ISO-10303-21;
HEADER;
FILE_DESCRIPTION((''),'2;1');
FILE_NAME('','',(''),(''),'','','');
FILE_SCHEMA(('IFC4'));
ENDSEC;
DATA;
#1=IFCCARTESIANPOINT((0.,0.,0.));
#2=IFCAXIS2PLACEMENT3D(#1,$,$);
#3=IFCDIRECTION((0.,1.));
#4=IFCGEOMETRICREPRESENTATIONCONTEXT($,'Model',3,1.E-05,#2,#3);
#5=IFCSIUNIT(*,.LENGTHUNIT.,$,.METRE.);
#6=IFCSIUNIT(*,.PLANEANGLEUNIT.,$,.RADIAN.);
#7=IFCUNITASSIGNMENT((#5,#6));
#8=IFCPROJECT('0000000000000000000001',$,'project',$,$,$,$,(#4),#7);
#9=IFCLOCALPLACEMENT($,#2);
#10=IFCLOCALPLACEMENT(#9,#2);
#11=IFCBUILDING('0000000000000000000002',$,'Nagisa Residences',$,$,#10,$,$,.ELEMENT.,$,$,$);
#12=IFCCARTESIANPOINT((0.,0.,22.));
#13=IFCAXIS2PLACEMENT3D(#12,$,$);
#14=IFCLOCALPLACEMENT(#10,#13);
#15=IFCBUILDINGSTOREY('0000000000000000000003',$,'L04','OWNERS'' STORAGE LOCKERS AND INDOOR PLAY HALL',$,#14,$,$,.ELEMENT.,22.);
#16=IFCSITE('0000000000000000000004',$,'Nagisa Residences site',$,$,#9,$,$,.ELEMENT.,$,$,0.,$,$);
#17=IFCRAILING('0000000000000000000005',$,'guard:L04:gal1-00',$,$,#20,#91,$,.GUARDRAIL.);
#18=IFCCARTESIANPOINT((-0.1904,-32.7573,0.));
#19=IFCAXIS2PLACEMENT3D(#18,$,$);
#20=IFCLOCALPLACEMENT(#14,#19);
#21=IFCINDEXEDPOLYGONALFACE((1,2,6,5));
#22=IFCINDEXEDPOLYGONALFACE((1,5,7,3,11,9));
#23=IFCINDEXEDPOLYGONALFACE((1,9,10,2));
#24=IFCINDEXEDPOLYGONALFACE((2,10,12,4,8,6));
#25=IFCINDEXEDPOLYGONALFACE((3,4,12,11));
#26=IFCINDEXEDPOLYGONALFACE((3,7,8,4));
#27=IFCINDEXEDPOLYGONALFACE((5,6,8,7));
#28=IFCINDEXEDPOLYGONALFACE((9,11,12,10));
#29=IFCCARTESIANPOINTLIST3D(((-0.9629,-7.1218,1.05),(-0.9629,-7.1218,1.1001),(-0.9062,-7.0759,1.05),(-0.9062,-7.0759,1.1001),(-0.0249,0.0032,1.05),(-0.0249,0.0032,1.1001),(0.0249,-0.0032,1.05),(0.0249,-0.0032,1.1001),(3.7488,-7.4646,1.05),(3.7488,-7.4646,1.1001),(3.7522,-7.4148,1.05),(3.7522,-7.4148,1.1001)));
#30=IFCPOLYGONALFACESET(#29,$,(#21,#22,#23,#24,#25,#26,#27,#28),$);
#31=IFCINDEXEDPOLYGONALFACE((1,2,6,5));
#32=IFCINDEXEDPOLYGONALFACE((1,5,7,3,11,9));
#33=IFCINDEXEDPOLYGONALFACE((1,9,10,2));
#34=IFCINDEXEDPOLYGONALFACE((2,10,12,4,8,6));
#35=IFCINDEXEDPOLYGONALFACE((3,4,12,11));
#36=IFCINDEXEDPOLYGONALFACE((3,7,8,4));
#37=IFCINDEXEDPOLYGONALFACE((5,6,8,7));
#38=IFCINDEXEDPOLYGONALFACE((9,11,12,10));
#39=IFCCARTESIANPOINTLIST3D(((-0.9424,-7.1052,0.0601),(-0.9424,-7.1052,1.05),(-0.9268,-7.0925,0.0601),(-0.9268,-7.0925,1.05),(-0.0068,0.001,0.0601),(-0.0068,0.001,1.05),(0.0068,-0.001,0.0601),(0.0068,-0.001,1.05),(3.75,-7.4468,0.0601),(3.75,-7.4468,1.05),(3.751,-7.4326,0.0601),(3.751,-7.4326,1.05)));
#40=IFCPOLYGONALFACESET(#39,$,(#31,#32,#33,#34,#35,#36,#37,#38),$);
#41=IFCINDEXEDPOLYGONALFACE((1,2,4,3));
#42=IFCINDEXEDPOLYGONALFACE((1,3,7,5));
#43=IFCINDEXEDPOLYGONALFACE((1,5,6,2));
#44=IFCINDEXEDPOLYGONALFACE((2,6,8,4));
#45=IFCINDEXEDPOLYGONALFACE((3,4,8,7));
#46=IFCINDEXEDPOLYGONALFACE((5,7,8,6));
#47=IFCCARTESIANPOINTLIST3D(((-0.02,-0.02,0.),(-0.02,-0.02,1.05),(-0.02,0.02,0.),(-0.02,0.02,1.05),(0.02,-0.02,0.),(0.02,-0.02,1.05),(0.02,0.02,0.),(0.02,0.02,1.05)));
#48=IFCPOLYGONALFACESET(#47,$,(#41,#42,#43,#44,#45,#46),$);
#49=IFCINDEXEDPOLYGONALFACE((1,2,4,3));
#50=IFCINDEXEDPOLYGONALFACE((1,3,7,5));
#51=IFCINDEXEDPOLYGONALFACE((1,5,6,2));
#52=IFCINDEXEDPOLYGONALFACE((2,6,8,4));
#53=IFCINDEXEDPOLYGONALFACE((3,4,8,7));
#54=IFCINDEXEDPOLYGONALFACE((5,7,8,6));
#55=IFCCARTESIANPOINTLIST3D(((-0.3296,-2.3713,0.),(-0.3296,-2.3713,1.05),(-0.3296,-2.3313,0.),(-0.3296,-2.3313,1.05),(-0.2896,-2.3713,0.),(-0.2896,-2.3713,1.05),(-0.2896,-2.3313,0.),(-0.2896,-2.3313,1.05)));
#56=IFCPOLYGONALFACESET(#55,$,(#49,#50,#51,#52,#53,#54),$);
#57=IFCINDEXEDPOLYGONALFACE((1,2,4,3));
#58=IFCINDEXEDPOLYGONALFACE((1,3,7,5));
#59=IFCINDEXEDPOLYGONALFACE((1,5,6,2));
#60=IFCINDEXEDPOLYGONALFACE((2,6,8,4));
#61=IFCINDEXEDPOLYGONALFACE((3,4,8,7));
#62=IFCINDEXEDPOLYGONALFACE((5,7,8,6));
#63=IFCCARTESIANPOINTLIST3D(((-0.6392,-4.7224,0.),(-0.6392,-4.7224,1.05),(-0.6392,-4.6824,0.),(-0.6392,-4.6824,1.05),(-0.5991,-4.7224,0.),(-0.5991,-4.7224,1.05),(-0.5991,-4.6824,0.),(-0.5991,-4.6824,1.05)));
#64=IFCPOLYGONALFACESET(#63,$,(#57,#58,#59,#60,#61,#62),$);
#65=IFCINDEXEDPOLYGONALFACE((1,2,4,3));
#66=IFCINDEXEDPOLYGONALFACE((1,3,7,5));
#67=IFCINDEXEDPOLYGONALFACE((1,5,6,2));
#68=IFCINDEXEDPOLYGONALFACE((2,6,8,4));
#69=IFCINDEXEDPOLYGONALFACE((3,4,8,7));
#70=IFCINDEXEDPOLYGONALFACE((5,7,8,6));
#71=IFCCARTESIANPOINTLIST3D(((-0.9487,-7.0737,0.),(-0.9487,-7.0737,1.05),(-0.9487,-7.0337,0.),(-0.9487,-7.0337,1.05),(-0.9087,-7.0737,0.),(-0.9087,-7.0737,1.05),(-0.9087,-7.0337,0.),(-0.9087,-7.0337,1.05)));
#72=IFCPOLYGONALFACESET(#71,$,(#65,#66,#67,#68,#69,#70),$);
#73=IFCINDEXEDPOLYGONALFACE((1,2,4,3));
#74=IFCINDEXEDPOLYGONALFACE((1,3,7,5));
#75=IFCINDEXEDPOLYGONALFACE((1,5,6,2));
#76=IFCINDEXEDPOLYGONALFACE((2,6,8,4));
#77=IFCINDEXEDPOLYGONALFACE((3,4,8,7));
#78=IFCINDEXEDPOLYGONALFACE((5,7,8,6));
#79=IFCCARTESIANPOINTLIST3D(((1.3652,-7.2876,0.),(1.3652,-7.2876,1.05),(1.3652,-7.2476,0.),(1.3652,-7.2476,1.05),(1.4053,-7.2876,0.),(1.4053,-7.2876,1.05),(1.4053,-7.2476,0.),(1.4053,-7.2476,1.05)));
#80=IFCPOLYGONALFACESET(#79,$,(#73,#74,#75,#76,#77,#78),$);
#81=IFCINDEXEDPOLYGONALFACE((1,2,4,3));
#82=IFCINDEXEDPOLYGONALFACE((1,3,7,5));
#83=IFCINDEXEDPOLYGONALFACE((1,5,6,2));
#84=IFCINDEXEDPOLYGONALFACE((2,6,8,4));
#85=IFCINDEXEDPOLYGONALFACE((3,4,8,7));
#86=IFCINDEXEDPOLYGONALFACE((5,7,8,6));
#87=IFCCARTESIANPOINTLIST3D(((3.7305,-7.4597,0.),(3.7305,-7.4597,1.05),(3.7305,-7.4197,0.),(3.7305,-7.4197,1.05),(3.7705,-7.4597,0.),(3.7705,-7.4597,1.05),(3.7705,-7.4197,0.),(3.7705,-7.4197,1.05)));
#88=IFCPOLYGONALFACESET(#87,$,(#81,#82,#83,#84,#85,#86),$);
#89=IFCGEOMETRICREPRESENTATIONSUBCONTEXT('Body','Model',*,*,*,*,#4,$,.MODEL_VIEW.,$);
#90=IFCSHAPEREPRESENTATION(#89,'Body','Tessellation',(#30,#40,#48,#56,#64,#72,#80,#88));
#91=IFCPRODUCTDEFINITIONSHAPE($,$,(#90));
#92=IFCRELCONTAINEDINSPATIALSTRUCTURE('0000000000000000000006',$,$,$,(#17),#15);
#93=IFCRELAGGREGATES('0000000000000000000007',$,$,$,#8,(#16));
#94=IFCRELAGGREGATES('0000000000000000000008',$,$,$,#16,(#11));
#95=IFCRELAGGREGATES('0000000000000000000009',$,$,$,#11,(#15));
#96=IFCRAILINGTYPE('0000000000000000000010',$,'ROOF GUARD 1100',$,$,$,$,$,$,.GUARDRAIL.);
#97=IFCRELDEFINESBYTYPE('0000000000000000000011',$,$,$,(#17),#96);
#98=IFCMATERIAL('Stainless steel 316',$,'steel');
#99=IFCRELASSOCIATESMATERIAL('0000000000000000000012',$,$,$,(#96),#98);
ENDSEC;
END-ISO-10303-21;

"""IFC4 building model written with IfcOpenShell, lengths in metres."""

from ifc_helpers import new_model, si_unit, direction, frame, origin, origin_2d, place, context, subcontext, project, spatial, polyline, rectangle, outline, extrude, material, type_object, element, save


model = new_model("IFC4")

# Units and contexts
model_context = context("Model", 3, precision=1e-05, world=origin(), true_north=direction((0.0, 1.0)))
body_context = subcontext(model_context, "Body", "Model", "MODEL_VIEW")
ifc_project = project(units=[si_unit("LENGTHUNIT", "METRE"), si_unit("PLANEANGLEUNIT", "RADIAN")], contexts=[model_context])

# Site, building, storey
site_placement = place(None, origin())
site = spatial("IfcSite", under=ifc_project, at=site_placement, Name="Nagisa Residences site", CompositionType="ELEMENT", RefElevation=0.0)
building_placement = place(site_placement, origin())
building = spatial("IfcBuilding", under=site, at=building_placement, Name="Nagisa Residences", CompositionType="ELEMENT")
storey_placement = place(building_placement, frame((0.0, 0.0, 22.0)))
storey = spatial("IfcBuildingStorey", under=building, at=storey_placement, Name="L04", Description="OWNERS' STORAGE LOCKERS AND INDOOR PLAY HALL", CompositionType="ELEMENT", Elevation=22.0)

# Railing
ifc_material_1 = material(Name="Stainless steel 316", Category="steel")
railing_type = type_object("IfcRailingType", Name="ROOF GUARD 1100", PredefinedType="GUARDRAIL", material=ifc_material_1)
railing_placement = place(storey_placement, frame((-0.1904, -32.7573, 0.0)))
element("IfcRailing", 1, at=railing_placement, inside=storey, type_object=railing_type, Name="guard:L04:gal1-00", PredefinedType="GUARDRAIL", context=body_context, shape_type="SweptSolid", body=[
    extrude(outline(polyline([(-0.9062, -7.0759), (0.0249, -0.0032), (-0.0249, 0.0032), (-0.9629, -7.1218), (3.7488, -7.4646), (3.7522, -7.4148), (-0.9062, -7.0759)])), frame((0.0, 0.0, 1.05)), (0.0, 0.0, 1.0), 0.05),
    extrude(outline(polyline([(-0.9268, -7.0925), (0.0068, -0.001), (-0.0068, 0.001), (-0.9424, -7.1052), (3.75, -7.4468), (3.751, -7.4326), (-0.9268, -7.0925)])), frame((0.0, 0.0, 0.0601)), (0.0, 0.0, 1.0), 0.99),
    extrude(rectangle(XDim=0.04, YDim=0.04, at=origin_2d()), origin(), (0.0, 0.0, 1.0), 1.05),
    extrude(rectangle(XDim=0.04, YDim=0.04, at=origin_2d()), frame((-0.3096, -2.3513, 0.0)), (0.0, 0.0, 1.0), 1.05),
    extrude(rectangle(XDim=0.04, YDim=0.04, at=origin_2d()), frame((-0.6191, -4.7024, 0.0)), (0.0, 0.0, 1.0), 1.05),
    extrude(rectangle(XDim=0.04, YDim=0.04, at=origin_2d()), frame((-0.9287, -7.0537, 0.0)), (0.0, 0.0, 1.0), 1.05),
    extrude(rectangle(XDim=0.04, YDim=0.04, at=origin_2d()), frame((1.3853, -7.2676, 0.0)), (0.0, 0.0, 1.0), 1.05),
    extrude(rectangle(XDim=0.04, YDim=0.04, at=origin_2d()), frame((3.7505, -7.4397, 0.0)), (0.0, 0.0, 1.0), 1.05),
])

save(model, "model.ifc")
